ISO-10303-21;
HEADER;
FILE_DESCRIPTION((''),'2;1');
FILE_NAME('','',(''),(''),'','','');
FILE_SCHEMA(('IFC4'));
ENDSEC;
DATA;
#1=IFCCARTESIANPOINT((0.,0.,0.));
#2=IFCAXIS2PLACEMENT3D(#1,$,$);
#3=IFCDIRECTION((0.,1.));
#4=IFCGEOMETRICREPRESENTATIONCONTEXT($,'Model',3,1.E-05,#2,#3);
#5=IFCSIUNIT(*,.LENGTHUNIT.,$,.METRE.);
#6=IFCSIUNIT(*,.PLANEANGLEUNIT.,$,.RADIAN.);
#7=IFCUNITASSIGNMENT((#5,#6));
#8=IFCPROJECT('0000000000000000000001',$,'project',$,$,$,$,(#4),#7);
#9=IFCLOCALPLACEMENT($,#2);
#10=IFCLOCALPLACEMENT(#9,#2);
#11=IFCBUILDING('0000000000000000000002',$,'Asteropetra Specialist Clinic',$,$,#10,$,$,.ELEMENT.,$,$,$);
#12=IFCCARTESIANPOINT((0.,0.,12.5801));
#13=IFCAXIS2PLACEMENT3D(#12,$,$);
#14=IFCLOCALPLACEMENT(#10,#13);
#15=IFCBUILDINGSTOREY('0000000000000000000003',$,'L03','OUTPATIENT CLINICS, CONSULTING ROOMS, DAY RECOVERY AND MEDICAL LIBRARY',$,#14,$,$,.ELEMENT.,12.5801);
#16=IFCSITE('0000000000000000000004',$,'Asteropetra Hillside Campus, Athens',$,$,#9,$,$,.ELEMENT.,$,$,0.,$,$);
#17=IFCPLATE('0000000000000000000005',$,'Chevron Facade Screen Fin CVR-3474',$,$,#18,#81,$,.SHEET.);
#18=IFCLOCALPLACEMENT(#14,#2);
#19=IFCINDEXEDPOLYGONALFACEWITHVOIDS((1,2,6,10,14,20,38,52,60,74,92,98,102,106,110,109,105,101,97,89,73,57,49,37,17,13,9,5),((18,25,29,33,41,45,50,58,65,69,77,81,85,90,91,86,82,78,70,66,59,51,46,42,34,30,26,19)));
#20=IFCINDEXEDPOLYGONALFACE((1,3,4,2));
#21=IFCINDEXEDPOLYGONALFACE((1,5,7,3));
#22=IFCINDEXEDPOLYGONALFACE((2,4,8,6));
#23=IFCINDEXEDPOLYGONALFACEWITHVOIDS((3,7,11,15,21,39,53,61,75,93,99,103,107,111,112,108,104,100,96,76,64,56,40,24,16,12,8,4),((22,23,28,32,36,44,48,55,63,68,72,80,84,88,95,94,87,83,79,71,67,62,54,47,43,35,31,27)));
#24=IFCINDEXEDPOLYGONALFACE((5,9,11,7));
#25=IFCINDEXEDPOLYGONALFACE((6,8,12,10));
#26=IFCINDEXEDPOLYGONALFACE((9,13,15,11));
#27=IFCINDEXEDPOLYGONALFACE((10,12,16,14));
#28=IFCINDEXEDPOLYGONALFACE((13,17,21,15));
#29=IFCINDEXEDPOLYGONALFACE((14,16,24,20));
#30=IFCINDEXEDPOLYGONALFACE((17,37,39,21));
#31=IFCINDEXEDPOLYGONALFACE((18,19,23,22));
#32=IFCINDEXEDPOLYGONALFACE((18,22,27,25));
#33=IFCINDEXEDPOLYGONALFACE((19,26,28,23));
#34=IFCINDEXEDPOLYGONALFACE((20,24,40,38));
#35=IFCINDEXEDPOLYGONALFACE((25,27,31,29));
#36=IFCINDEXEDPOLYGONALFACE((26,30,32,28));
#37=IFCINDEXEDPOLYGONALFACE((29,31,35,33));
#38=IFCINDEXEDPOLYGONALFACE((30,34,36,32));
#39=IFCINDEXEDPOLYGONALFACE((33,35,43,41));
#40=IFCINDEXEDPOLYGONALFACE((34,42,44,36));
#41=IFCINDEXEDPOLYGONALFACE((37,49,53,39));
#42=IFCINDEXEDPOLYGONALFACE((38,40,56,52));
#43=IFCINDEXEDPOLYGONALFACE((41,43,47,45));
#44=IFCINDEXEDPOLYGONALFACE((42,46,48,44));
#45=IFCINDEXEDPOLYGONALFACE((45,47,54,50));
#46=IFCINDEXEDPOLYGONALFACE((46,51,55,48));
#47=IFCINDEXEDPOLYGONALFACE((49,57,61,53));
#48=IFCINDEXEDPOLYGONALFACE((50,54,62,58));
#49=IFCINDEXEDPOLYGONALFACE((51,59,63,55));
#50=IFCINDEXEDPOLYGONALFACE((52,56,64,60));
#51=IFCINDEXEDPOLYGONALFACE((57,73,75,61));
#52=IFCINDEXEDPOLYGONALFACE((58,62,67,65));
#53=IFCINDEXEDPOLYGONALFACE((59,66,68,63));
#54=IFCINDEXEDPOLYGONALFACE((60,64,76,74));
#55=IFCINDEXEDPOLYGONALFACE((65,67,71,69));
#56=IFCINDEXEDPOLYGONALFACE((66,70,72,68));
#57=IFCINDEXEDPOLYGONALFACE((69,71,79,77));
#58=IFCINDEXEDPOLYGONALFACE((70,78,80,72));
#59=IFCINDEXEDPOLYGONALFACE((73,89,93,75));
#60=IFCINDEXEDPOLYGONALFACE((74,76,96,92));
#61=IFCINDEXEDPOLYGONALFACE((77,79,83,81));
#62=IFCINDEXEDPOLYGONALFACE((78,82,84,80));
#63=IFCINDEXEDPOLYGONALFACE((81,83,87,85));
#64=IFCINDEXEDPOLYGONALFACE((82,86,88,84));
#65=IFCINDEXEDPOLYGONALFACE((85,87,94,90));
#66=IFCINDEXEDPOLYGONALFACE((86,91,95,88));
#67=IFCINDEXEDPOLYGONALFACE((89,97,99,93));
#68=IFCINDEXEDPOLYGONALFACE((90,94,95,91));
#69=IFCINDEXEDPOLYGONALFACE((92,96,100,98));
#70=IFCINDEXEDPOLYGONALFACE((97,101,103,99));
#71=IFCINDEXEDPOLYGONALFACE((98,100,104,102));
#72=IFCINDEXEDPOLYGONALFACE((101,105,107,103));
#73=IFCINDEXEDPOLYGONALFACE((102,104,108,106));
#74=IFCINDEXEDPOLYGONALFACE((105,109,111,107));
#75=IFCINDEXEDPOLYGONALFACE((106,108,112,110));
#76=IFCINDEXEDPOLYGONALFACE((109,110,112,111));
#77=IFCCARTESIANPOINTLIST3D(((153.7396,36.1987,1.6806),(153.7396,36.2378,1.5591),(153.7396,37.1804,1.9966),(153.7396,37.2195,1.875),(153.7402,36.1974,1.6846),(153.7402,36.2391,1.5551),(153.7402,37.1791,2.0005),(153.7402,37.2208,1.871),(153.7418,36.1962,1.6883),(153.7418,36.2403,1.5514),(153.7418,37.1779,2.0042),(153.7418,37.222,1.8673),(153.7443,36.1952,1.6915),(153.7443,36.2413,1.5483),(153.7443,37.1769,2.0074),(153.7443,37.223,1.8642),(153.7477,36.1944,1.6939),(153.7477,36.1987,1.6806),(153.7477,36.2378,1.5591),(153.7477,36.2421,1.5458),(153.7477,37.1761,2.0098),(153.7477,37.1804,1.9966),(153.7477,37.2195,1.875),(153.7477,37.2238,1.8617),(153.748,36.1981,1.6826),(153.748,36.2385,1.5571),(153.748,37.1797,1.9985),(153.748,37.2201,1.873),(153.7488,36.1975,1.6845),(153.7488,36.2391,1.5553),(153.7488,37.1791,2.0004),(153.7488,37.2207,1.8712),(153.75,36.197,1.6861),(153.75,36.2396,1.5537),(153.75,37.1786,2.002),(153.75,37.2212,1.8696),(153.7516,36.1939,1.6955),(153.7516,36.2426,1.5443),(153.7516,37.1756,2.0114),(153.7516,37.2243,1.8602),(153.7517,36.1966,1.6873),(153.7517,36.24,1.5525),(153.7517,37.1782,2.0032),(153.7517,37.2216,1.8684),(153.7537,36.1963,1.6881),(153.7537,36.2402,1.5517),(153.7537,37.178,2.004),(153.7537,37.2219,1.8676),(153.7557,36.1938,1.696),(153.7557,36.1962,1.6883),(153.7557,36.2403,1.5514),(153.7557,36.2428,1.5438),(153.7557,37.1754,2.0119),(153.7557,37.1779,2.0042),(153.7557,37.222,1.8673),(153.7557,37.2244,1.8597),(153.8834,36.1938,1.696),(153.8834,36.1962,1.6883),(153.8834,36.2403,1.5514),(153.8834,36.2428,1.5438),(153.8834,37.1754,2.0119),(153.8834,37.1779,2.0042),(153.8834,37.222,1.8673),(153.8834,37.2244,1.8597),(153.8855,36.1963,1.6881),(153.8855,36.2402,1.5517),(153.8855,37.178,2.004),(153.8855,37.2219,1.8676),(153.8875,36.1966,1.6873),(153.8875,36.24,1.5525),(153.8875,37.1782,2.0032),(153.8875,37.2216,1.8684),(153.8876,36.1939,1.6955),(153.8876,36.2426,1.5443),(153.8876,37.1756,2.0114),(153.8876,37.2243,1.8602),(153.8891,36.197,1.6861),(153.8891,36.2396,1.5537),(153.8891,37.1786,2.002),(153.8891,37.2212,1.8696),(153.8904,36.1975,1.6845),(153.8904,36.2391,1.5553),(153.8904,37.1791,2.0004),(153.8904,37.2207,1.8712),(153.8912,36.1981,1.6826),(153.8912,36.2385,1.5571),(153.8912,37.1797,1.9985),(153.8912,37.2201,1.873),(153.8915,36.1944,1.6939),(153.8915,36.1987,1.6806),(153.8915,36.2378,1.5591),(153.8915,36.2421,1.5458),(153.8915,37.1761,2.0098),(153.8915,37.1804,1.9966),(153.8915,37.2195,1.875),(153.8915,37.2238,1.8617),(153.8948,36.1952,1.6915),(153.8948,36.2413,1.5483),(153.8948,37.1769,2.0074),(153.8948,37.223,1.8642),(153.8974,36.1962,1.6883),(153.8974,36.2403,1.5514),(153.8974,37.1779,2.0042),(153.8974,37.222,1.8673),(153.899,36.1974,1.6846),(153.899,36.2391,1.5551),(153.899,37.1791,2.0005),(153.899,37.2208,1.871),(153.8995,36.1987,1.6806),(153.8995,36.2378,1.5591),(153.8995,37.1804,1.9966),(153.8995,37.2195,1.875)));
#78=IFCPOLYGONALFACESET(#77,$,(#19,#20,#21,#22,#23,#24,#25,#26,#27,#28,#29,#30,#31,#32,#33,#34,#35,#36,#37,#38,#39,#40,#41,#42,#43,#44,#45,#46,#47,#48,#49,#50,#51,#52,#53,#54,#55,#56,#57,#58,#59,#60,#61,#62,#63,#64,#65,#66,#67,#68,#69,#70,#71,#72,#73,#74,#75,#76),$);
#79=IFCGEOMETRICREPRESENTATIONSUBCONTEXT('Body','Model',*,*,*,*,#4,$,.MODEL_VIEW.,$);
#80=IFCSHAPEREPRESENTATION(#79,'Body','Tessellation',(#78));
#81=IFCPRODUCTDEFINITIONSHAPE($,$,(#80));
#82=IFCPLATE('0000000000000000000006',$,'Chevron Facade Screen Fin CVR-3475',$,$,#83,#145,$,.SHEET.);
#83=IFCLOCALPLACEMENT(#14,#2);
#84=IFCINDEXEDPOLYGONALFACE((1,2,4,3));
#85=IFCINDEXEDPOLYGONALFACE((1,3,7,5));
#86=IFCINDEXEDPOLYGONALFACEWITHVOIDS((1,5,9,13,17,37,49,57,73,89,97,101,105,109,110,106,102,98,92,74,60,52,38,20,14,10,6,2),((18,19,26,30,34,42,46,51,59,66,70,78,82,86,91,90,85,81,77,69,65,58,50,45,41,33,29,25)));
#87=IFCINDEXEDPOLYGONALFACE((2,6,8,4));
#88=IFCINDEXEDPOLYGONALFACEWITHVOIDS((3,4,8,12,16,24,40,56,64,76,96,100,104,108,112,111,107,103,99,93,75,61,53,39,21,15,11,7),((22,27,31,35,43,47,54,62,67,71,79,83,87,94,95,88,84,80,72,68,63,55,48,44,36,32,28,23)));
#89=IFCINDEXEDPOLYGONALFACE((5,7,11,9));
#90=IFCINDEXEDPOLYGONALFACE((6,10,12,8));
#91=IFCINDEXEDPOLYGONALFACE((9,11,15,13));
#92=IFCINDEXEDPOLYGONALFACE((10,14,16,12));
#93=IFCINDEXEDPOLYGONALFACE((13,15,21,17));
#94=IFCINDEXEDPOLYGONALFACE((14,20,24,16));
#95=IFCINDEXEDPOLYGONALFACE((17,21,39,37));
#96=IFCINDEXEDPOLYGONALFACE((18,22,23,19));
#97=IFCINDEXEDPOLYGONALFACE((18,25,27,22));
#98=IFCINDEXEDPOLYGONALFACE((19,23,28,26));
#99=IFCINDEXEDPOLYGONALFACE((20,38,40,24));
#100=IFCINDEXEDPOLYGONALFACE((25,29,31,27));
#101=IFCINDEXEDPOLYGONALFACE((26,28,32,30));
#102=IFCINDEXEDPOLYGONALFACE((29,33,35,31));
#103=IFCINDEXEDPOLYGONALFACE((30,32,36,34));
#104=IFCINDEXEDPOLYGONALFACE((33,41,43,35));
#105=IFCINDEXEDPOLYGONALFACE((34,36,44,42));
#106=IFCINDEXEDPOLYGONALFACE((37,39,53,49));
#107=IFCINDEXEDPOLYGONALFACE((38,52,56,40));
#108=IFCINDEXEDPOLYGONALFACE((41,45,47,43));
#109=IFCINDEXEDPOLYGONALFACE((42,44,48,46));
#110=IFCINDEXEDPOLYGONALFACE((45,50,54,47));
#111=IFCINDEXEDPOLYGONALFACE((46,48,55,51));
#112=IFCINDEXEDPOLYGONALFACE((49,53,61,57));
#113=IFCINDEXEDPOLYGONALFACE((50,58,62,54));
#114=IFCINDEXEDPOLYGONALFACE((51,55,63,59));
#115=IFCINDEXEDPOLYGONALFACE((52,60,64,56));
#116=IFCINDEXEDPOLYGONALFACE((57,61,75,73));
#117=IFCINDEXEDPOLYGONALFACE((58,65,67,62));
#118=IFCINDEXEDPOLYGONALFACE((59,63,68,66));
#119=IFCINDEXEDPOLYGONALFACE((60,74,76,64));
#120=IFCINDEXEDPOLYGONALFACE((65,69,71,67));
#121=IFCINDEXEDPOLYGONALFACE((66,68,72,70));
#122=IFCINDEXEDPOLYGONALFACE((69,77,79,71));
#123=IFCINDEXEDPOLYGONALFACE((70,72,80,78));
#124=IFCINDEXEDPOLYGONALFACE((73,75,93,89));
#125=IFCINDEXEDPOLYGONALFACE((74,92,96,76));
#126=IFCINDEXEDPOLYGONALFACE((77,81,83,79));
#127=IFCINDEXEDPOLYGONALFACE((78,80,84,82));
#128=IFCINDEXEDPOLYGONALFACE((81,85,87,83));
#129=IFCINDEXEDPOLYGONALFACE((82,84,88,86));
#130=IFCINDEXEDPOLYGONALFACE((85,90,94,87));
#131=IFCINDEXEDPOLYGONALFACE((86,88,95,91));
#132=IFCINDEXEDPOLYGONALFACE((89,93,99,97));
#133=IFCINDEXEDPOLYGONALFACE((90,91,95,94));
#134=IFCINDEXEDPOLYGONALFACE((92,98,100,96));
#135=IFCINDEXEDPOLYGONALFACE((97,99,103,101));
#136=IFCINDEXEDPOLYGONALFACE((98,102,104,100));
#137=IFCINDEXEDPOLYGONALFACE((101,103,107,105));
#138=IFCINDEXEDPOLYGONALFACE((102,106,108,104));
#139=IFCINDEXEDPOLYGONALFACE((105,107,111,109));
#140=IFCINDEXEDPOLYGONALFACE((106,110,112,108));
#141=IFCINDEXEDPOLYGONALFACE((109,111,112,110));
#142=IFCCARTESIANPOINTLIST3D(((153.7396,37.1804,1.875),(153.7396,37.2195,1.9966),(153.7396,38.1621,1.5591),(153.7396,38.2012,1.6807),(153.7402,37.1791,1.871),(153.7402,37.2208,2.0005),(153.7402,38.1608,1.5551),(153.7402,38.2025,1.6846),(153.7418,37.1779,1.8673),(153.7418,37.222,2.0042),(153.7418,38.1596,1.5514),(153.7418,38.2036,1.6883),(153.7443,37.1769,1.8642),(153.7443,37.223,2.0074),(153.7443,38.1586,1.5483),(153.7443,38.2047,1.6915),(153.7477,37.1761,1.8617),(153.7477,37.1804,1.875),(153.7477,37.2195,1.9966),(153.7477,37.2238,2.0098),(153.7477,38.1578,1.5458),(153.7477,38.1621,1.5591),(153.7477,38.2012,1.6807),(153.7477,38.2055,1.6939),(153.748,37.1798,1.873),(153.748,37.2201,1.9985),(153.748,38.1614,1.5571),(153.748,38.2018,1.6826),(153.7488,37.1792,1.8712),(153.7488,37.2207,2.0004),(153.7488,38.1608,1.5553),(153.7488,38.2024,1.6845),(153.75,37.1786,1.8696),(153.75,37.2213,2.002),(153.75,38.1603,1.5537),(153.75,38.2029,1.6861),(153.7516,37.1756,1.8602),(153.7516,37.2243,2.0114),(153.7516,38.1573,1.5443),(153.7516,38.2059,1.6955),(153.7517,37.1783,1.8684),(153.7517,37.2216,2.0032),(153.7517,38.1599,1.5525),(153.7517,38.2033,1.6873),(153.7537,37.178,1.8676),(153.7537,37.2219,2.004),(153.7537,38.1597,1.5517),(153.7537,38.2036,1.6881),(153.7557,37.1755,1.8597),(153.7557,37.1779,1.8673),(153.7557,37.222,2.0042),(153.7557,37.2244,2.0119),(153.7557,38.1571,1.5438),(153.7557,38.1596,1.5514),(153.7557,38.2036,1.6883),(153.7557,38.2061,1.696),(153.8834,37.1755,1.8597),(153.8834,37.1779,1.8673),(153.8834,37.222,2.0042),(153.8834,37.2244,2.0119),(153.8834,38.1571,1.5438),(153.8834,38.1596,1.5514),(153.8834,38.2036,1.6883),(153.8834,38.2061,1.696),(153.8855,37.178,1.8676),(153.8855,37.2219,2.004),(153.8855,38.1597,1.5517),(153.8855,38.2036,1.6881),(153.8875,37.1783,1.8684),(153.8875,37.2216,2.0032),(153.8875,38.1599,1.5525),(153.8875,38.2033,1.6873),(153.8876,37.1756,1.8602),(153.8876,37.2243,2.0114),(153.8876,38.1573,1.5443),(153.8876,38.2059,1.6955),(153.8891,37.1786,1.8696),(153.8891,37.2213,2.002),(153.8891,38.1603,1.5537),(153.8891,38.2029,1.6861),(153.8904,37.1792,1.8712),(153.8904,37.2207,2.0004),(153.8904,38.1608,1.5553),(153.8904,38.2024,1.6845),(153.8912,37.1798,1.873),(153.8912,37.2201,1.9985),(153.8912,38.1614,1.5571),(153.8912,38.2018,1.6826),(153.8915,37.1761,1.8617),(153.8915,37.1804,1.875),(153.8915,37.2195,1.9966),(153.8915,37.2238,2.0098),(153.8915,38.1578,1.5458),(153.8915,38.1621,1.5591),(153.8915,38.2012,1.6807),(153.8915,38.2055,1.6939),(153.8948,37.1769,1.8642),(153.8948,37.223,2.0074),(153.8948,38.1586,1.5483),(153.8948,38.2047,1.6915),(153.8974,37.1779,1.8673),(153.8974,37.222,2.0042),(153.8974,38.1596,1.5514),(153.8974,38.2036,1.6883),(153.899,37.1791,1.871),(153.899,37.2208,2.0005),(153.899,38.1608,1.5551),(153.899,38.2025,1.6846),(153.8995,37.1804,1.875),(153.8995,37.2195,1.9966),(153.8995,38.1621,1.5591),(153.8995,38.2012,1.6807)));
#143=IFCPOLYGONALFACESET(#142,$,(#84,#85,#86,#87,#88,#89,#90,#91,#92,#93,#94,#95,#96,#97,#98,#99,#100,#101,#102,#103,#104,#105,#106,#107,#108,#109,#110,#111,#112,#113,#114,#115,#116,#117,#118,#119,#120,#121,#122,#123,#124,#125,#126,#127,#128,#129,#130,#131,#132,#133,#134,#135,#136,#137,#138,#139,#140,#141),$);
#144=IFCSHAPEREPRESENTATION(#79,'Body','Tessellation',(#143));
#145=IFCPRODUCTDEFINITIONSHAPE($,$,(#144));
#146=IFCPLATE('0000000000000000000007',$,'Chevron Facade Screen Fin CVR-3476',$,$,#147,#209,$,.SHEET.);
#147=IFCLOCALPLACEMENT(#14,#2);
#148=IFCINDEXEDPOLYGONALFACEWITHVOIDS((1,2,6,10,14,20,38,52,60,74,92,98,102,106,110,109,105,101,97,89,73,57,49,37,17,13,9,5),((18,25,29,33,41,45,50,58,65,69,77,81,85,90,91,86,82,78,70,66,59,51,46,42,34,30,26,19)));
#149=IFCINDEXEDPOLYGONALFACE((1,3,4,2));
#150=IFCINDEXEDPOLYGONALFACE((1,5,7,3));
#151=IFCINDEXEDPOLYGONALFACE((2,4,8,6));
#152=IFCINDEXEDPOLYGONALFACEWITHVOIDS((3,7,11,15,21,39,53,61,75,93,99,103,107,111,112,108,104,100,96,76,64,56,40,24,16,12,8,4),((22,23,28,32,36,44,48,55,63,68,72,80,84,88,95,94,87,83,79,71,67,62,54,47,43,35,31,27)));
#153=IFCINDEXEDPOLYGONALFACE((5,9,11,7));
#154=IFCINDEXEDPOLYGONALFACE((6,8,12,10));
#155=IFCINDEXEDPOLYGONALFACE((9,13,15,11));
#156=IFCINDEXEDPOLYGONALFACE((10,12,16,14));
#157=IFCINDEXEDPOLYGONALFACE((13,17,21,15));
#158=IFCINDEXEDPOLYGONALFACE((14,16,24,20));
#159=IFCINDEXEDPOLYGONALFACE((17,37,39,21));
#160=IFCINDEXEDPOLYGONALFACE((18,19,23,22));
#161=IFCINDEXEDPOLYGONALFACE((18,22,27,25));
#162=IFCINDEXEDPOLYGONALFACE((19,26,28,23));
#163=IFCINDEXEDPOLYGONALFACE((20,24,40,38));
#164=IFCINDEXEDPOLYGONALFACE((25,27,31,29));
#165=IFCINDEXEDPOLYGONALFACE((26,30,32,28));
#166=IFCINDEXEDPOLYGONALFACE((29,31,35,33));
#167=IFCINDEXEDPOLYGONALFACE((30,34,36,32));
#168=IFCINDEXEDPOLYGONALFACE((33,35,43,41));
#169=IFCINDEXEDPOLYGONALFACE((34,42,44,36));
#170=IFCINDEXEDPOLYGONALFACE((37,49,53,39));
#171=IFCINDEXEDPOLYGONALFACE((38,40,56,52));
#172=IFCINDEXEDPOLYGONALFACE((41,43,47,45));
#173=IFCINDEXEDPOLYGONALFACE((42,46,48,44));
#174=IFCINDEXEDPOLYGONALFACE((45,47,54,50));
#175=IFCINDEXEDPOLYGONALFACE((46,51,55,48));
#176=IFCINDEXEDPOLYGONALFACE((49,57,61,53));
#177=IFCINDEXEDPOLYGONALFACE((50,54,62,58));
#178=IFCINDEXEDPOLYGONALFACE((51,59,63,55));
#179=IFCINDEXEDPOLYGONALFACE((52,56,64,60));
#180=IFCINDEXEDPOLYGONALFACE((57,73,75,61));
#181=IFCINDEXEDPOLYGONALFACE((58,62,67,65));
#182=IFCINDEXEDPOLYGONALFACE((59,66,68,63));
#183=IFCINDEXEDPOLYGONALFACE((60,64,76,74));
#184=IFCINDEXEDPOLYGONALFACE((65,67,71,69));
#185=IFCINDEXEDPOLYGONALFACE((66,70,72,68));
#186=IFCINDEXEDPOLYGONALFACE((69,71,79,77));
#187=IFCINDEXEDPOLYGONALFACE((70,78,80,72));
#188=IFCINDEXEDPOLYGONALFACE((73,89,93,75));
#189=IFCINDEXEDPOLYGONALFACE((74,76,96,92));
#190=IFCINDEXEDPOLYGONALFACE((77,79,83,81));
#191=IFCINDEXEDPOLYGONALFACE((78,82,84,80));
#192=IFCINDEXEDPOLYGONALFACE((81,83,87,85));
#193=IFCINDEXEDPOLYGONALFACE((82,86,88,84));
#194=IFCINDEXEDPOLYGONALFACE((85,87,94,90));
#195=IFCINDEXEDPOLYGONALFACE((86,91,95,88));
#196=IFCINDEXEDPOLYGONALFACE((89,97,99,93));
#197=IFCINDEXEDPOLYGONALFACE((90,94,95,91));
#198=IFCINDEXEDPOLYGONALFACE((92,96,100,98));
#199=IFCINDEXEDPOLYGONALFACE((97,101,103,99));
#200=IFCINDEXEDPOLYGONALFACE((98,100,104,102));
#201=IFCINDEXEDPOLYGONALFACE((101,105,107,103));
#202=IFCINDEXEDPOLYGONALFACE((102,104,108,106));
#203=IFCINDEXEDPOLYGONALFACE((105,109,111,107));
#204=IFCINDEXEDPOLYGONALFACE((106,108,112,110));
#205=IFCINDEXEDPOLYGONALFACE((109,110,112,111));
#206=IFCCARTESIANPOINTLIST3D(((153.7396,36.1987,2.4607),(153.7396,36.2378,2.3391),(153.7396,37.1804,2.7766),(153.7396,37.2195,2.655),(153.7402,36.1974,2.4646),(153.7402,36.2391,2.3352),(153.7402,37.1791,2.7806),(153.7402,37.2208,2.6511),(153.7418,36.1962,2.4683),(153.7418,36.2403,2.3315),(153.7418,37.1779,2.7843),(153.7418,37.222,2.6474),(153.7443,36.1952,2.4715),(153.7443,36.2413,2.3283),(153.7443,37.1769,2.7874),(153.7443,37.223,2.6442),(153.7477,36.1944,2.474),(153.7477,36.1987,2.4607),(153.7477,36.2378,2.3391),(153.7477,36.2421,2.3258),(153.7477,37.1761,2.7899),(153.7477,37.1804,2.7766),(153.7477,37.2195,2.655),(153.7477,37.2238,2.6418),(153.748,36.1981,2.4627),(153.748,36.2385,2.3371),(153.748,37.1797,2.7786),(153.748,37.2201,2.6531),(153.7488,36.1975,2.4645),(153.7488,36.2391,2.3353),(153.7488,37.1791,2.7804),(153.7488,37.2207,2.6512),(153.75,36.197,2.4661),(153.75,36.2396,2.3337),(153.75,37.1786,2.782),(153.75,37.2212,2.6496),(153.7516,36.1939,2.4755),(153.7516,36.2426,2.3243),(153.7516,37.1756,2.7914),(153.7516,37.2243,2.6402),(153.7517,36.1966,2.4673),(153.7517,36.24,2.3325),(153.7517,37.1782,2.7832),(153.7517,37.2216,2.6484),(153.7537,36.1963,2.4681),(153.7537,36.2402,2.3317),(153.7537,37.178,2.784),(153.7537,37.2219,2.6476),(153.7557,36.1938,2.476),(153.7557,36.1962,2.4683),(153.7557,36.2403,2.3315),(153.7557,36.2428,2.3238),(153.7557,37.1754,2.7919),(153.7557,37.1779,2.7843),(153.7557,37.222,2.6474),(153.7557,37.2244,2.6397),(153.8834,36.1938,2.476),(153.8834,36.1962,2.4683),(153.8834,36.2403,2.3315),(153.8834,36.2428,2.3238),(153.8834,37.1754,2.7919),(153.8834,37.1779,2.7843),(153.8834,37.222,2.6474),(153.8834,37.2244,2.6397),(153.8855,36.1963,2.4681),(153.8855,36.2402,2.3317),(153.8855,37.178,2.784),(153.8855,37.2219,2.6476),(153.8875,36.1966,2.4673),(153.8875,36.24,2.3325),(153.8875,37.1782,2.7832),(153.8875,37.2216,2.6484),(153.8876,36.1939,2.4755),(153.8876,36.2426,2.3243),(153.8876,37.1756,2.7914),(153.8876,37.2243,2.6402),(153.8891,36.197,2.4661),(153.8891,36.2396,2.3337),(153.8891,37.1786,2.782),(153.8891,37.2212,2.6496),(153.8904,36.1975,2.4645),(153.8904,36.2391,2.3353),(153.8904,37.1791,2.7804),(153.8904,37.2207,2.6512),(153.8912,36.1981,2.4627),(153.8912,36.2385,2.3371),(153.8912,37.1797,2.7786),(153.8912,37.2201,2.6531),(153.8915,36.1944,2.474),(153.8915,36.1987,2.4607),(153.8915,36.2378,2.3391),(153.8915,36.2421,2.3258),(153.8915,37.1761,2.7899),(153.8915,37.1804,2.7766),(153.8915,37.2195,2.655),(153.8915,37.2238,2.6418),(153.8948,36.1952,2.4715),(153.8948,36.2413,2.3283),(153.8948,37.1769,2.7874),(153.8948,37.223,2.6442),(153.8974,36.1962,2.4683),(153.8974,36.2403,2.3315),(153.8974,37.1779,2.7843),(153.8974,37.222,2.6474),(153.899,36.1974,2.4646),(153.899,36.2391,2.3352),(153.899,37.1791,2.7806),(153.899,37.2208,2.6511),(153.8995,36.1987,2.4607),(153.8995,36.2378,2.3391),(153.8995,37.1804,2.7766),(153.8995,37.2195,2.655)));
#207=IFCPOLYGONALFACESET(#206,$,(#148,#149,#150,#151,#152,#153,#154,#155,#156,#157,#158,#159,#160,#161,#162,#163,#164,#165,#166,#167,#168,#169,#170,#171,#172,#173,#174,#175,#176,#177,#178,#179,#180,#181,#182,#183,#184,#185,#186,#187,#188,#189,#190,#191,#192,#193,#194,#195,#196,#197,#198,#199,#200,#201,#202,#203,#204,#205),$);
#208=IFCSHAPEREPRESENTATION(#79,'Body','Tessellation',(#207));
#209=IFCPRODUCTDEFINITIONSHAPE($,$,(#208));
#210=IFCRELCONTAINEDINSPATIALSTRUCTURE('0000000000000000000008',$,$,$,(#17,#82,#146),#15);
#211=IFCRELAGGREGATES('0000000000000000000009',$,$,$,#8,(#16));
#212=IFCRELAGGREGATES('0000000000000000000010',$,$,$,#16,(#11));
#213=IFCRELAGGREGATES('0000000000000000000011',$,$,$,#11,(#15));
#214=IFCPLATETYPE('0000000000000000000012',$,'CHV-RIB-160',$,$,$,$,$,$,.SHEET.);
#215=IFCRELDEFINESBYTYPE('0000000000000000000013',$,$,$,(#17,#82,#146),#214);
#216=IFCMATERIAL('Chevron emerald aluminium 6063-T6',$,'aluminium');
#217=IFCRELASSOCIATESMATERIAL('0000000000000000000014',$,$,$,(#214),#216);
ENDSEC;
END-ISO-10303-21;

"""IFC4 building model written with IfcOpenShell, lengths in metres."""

from ifc_helpers import new_model, si_unit, direction, frame, origin, origin_2d, place, context, subcontext, project, spatial, hollow_rectangle, extrude, material, material_profile, profile_set, type_object, element, save


model = new_model("IFC4")

# Units and contexts
model_context = context("Model", 3, precision=1e-05, world=origin(), true_north=direction((0.0, 1.0)))
body_context = subcontext(model_context, "Body", "Model", "MODEL_VIEW")
ifc_project = project(units=[si_unit("LENGTHUNIT", "METRE"), si_unit("PLANEANGLEUNIT", "RADIAN")], contexts=[model_context])

# Site, building, storey
site_placement = place(None, origin())
site = spatial("IfcSite", under=ifc_project, at=site_placement, Name="Asteropetra Hillside Campus, Athens", CompositionType="ELEMENT", RefElevation=0.0)
building_placement = place(site_placement, origin())
building = spatial("IfcBuilding", under=site, at=building_placement, Name="Asteropetra Specialist Clinic", CompositionType="ELEMENT")
storey_placement = place(building_placement, frame((0.0, 0.0, 12.5801)))
storey = spatial("IfcBuildingStorey", under=building, at=storey_placement, Name="L03", Description="OUTPATIENT CLINICS, CONSULTING ROOMS, DAY RECOVERY AND MEDICAL LIBRARY", CompositionType="ELEMENT", Elevation=12.5801)

# Plates
ifc_material_1 = material(Name="Chevron emerald aluminium 6063-T6", Category="aluminium")
ifc_material_profile = material_profile(ifc_material_1, hollow_rectangle(XDim=0.1599, YDim=0.1599, WallThickness=0.0081, InnerFilletRadius=0.0081, OuterFilletRadius=0.0161, at=origin_2d()), Name="SHS 160x160x8.0")
ifc_profile_set = profile_set([ifc_material_profile], Name="Chevron emerald aluminium 6063-T6")
plate_type_1 = type_object("IfcPlateType", Name="CHV-RIB-160", PredefinedType="SHEET", material=ifc_profile_set)
for number, where, z_axis, x_axis, name in (
    (1, (153.8196, 36.2183, 1.6199), (0.0, 0.951923, 0.306339), (-1.0, 0.0, 0.0), "Chevron Facade Screen Fin CVR-3474"),
    (2, (153.8196, 37.2, 1.9358), (0.0, 0.951923, -0.306339), (-1.0, 0.0, 0.0), "Chevron Facade Screen Fin CVR-3475"),
    (3, (153.8196, 36.2183, 2.3999), (0.0, 0.951923, 0.306339), (-1.0, 0.0, 0.0), "Chevron Facade Screen Fin CVR-3476"),
):
    element("IfcPlate", number, at=place(storey_placement, frame(where, z_axis=z_axis, x_axis=x_axis)), inside=storey, type_object=plate_type_1, Name=name, PredefinedType="SHEET", context=body_context, shape_type="SweptSolid", body=[
        extrude(hollow_rectangle(XDim=0.1599, YDim=0.1599, WallThickness=0.0081, InnerFilletRadius=0.0081, OuterFilletRadius=0.0161, at=origin_2d()), origin(), (0.0, 0.0, 1.0), 1.0312),
    ])

save(model, "model.ifc")
